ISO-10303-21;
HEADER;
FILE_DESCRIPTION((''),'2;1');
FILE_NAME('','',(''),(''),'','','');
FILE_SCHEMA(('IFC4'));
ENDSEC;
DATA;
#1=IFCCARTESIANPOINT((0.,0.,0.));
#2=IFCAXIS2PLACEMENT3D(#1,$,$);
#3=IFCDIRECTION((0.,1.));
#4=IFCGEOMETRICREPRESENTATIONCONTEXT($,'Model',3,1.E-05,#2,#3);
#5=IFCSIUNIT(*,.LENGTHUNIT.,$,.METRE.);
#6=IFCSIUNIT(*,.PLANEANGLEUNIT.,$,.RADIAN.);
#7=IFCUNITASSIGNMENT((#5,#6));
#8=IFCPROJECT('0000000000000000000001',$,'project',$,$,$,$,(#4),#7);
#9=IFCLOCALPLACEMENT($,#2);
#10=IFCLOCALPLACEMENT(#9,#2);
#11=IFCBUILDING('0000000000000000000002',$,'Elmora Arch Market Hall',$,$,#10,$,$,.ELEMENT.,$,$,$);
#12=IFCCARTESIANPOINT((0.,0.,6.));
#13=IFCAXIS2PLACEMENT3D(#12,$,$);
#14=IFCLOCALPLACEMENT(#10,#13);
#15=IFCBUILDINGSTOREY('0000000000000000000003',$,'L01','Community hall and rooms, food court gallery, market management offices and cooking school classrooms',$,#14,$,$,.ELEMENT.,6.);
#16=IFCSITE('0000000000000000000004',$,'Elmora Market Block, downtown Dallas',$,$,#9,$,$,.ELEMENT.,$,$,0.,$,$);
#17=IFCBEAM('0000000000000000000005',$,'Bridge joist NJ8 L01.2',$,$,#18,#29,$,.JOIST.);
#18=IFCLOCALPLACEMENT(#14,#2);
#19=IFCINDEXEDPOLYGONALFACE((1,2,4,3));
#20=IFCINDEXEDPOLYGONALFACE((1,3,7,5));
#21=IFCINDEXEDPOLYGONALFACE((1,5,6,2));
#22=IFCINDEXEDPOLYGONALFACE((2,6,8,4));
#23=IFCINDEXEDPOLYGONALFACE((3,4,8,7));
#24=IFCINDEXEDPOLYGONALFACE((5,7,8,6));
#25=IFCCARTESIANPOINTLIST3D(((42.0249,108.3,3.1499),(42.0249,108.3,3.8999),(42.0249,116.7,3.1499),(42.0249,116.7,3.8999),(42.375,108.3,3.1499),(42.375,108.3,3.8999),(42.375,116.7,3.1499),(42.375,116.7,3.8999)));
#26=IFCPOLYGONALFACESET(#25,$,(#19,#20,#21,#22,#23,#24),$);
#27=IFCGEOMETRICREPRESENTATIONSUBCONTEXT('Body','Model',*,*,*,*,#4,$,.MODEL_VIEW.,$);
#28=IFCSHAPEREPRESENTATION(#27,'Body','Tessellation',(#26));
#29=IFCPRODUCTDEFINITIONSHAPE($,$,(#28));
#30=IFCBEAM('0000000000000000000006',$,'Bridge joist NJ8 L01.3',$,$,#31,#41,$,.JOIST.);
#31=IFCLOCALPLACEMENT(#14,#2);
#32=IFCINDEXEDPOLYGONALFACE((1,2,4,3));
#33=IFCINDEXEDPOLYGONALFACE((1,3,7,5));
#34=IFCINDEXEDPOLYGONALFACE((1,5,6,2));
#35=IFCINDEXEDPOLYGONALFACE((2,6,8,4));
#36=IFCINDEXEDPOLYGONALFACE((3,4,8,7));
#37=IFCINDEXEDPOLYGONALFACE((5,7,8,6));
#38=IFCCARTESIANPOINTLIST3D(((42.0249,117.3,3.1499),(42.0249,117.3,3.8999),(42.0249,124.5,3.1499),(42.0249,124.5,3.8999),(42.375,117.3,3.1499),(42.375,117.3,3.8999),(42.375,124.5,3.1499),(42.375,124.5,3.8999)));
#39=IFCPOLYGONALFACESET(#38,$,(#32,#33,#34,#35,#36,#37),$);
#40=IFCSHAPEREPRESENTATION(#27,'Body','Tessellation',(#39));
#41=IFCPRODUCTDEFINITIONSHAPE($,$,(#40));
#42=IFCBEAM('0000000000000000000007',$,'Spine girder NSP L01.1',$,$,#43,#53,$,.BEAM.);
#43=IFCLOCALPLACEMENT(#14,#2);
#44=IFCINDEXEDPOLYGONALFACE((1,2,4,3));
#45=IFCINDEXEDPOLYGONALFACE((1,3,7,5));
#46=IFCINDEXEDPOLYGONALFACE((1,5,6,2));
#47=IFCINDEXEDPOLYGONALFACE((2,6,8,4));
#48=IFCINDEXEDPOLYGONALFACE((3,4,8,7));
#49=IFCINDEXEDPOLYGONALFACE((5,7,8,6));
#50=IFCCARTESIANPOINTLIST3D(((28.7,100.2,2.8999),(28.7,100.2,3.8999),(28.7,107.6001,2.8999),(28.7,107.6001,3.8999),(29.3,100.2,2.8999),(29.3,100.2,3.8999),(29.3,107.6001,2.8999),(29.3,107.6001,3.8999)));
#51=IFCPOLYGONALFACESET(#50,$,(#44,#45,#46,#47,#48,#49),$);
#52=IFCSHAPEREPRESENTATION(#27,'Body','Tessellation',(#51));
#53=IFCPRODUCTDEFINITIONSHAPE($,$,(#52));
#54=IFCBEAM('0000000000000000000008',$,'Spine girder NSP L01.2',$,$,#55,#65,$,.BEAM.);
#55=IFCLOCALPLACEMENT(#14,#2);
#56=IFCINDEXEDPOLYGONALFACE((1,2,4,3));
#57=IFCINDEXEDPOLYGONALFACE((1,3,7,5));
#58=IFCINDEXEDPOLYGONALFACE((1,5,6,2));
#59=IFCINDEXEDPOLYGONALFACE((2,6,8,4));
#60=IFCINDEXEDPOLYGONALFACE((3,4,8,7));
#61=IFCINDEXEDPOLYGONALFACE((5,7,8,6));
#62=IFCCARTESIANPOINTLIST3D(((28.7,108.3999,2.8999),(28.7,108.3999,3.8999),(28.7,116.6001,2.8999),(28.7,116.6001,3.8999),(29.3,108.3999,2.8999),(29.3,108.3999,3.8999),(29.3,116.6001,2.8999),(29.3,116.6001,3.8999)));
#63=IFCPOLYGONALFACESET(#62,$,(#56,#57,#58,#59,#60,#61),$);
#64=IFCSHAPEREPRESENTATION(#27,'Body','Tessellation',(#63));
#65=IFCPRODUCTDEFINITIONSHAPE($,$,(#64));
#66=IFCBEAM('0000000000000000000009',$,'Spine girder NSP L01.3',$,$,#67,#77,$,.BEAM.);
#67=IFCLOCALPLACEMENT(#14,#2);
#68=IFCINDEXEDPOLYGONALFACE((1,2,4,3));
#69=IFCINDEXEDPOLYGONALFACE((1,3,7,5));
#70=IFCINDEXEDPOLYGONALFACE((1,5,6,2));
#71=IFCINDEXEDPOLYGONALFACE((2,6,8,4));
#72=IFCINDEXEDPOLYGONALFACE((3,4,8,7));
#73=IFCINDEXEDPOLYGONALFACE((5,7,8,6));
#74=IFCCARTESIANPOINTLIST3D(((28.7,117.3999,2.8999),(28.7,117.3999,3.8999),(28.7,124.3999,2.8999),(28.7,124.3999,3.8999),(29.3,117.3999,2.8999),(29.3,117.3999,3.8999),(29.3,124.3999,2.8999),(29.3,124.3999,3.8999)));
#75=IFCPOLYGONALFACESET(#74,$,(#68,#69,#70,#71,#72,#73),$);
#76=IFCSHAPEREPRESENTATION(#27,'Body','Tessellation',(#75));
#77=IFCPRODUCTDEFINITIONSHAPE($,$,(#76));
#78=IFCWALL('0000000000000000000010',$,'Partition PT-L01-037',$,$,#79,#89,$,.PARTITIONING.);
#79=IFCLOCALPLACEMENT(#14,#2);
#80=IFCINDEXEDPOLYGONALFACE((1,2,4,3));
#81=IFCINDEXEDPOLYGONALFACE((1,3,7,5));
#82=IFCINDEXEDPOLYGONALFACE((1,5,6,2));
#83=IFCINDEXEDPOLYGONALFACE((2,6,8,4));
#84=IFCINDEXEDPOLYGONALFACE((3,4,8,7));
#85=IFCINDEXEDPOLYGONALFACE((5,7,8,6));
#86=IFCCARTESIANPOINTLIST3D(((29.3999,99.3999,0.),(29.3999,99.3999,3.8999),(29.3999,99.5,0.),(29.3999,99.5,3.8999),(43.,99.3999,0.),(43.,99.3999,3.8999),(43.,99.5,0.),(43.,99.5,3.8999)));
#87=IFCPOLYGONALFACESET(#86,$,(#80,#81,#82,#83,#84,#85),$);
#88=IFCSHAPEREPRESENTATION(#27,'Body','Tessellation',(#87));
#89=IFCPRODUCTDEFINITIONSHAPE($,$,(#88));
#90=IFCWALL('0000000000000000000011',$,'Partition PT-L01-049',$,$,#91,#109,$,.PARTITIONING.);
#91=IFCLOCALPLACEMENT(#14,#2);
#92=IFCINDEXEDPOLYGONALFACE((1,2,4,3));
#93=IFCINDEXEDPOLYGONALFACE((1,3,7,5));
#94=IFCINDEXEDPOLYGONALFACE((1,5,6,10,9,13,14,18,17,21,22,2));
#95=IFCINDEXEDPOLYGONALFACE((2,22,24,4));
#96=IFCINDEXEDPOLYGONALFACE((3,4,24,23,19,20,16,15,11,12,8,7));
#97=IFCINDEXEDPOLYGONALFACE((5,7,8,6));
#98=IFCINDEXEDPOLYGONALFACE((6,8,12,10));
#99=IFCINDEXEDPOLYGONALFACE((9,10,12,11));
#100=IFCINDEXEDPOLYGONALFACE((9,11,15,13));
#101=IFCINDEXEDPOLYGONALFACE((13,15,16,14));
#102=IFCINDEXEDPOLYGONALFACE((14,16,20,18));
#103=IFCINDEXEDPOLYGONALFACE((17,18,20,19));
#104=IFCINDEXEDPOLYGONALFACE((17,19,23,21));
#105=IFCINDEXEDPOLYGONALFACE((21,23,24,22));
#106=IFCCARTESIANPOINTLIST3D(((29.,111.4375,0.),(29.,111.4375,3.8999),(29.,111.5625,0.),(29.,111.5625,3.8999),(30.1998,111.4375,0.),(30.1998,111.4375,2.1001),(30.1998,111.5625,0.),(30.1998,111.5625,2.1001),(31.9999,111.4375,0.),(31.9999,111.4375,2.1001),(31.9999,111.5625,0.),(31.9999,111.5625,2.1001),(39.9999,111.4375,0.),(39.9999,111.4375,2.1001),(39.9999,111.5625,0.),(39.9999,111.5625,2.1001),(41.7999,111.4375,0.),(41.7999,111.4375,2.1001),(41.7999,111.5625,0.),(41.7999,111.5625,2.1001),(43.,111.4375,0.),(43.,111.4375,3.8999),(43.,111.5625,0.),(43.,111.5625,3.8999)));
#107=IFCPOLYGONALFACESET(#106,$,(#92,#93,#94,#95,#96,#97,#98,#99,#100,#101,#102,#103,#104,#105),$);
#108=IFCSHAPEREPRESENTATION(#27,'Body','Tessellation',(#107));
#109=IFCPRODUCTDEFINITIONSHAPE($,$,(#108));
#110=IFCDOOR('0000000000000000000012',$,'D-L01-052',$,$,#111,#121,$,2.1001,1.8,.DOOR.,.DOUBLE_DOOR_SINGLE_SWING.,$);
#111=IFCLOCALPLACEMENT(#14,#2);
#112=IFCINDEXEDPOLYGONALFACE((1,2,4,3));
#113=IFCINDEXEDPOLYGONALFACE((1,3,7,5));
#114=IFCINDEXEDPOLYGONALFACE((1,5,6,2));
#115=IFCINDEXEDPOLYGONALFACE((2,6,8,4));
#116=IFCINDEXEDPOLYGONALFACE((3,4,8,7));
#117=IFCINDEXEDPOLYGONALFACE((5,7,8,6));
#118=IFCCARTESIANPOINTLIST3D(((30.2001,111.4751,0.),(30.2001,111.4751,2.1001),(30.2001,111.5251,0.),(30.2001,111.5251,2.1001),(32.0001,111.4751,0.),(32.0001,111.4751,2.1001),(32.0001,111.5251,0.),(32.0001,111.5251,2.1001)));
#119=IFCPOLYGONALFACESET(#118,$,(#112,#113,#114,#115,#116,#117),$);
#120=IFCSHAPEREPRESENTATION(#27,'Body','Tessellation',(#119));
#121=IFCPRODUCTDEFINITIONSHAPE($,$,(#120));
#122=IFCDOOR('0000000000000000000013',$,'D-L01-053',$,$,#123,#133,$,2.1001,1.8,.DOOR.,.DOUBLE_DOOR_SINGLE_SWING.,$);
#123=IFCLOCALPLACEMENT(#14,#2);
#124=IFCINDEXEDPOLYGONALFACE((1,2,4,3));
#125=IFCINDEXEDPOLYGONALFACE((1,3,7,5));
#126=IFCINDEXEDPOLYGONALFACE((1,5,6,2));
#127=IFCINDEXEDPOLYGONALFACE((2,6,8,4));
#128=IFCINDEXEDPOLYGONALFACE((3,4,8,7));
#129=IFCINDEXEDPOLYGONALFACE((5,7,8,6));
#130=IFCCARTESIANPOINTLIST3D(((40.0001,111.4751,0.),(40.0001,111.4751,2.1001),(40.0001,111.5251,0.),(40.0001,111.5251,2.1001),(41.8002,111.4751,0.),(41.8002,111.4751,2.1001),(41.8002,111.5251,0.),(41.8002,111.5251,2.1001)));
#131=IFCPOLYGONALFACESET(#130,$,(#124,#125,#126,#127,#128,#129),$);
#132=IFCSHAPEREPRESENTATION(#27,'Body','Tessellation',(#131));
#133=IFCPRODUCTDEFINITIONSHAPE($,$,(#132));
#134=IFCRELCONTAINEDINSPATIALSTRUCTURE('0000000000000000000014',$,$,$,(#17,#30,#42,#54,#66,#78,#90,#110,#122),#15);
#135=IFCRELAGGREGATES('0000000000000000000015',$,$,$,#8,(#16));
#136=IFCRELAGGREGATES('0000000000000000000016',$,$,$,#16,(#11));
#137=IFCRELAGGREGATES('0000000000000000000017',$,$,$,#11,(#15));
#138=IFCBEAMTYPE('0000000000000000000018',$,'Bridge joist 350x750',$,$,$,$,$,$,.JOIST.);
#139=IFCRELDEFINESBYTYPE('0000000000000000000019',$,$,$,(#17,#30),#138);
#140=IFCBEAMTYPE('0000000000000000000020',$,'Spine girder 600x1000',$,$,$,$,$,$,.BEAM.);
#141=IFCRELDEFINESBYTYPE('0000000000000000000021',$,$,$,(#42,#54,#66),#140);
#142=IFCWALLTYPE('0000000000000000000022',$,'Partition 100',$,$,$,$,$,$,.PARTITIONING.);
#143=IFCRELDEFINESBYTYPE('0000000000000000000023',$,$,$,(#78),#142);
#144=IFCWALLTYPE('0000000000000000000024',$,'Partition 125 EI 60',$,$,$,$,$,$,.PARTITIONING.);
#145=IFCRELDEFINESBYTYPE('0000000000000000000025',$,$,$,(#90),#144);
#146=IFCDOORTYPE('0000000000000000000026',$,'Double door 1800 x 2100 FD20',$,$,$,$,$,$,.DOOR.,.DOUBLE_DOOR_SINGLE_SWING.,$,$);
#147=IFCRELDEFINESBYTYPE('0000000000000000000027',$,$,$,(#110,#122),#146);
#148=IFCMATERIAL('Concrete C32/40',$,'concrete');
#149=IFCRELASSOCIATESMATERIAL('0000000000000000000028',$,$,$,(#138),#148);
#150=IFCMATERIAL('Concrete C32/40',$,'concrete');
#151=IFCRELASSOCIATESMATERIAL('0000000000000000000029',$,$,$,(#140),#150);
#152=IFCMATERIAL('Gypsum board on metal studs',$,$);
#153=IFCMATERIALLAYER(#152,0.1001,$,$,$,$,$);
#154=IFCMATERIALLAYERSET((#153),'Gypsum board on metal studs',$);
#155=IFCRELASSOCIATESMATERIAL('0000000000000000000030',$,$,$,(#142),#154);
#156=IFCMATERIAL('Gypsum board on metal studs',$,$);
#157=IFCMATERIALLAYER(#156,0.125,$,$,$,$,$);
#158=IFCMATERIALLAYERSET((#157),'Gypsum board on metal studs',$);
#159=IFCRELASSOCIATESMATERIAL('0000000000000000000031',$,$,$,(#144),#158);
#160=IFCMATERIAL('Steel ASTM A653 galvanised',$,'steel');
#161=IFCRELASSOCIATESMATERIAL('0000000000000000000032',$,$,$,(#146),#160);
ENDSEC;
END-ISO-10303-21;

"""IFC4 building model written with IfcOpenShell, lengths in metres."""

from ifc_helpers import new_model, si_unit, direction, frame, frame_2d, origin, origin_2d, place, context, subcontext, project, spatial, rectangle, extrude, material, layer, layer_set, material_profile, profile_set, type_object, element, fill, save


model = new_model("IFC4")

# Units and contexts
model_context = context("Model", 3, precision=1e-05, world=origin(), true_north=direction((0.0, 1.0)))
body_context = subcontext(model_context, "Body", "Model", "MODEL_VIEW")
ifc_project = project(units=[si_unit("LENGTHUNIT", "METRE"), si_unit("PLANEANGLEUNIT", "RADIAN")], contexts=[model_context])

# Site, building, storey
site_placement = place(None, origin())
site = spatial("IfcSite", under=ifc_project, at=site_placement, Name="Elmora Market Block, downtown Dallas", CompositionType="ELEMENT", RefElevation=0.0)
building_placement = place(site_placement, origin())
building = spatial("IfcBuilding", under=site, at=building_placement, Name="Elmora Arch Market Hall", CompositionType="ELEMENT")
storey_placement = place(building_placement, frame((0.0, 0.0, 6.0)))
storey = spatial("IfcBuildingStorey", under=building, at=storey_placement, Name="L01", Description="Community hall and rooms, food court gallery, market management offices and cooking school classrooms", CompositionType="ELEMENT", Elevation=6.0)

# Beams
ifc_material_1 = material(Name="Concrete C32/40", Category="concrete")
ifc_material_profile_1 = material_profile(ifc_material_1, rectangle(XDim=0.3501, YDim=0.75, at=origin_2d()), Name="Bridge joist 350x750")
ifc_profile_set_1 = profile_set([ifc_material_profile_1], Name="Concrete C32/40")
beam_type_1 = type_object("IfcBeamType", Name="Bridge joist 350x750", PredefinedType="JOIST", material=ifc_profile_set_1)
beam_1_placement = place(storey_placement, frame((42.2, 108.3, 3.5249), z_axis=(0.0, 1.0, 0.0), x_axis=(-1.0, 0.0, 0.0)))
element("IfcBeam", 1, at=beam_1_placement, inside=storey, type_object=beam_type_1, Name="Bridge joist NJ8 L01.2", PredefinedType="JOIST", context=body_context, shape_type="SweptSolid", body=[
    extrude(rectangle(XDim=0.3501, YDim=0.75, at=origin_2d()), origin(), (0.0, 0.0, 1.0), 8.3999),
])
beam_2_placement = place(storey_placement, frame((42.2, 117.3, 3.5249), z_axis=(0.0, 1.0, 0.0), x_axis=(-1.0, 0.0, 0.0)))
element("IfcBeam", 2, at=beam_2_placement, inside=storey, type_object=beam_type_1, Name="Bridge joist NJ8 L01.3", PredefinedType="JOIST", context=body_context, shape_type="SweptSolid", body=[
    extrude(rectangle(XDim=0.3501, YDim=0.75, at=origin_2d()), origin(), (0.0, 0.0, 1.0), 7.2),
])
ifc_material_2 = material(Name="Concrete C32/40", Category="concrete")
ifc_material_profile_2 = material_profile(ifc_material_2, rectangle(XDim=0.6001, YDim=1.0, at=origin_2d()), Name="Spine girder 600x1000")
ifc_profile_set_2 = profile_set([ifc_material_profile_2], Name="Concrete C32/40")
beam_type_2 = type_object("IfcBeamType", Name="Spine girder 600x1000", PredefinedType="BEAM", material=ifc_profile_set_2)
beam_3_placement = place(storey_placement, frame((29.0, 100.2, 3.3999), z_axis=(0.0, 1.0, 0.0), x_axis=(-1.0, 0.0, 0.0)))
element("IfcBeam", 3, at=beam_3_placement, inside=storey, type_object=beam_type_2, Name="Spine girder NSP L01.1", PredefinedType="BEAM", context=body_context, shape_type="SweptSolid", body=[
    extrude(rectangle(XDim=0.6001, YDim=1.0, at=origin_2d()), origin(), (0.0, 0.0, 1.0), 7.4001),
])
beam_4_placement = place(storey_placement, frame((29.0, 108.3999, 3.3999), z_axis=(0.0, 1.0, 0.0), x_axis=(-1.0, 0.0, 0.0)))
element("IfcBeam", 4, at=beam_4_placement, inside=storey, type_object=beam_type_2, Name="Spine girder NSP L01.2", PredefinedType="BEAM", context=body_context, shape_type="SweptSolid", body=[
    extrude(rectangle(XDim=0.6001, YDim=1.0, at=origin_2d()), origin(), (0.0, 0.0, 1.0), 8.2002),
])
beam_5_placement = place(storey_placement, frame((29.0, 117.3999, 3.3999), z_axis=(0.0, 1.0, 0.0), x_axis=(-1.0, 0.0, 0.0)))
element("IfcBeam", 5, at=beam_5_placement, inside=storey, type_object=beam_type_2, Name="Spine girder NSP L01.3", PredefinedType="BEAM", context=body_context, shape_type="SweptSolid", body=[
    extrude(rectangle(XDim=0.6001, YDim=1.0, at=origin_2d()), origin(), (0.0, 0.0, 1.0), 7.0),
])

# Wall
ifc_material_3 = material(Name="Gypsum board on metal studs")
ifc_layer_1 = layer(ifc_material_3, 0.1001)
ifc_layer_set_1 = layer_set([ifc_layer_1], Name="Gypsum board on metal studs")
wall_type_1 = type_object("IfcWallType", Name="Partition 100", PredefinedType="PARTITIONING", material=ifc_layer_set_1)
wall_1_placement = place(storey_placement, frame((29.3999, 99.45, 0.0), z_axis=(0.0, 0.0, 1.0), x_axis=(1.0, 0.0, 0.0)))
element("IfcWall", 6, at=wall_1_placement, inside=storey, type_object=wall_type_1, Name="Partition PT-L01-037", PredefinedType="PARTITIONING", context=body_context, shape_type="SweptSolid", body=[
    extrude(rectangle(XDim=13.6001, YDim=0.1001, at=frame_2d((6.8, 0.0))), origin(), (0.0, 0.0, 1.0), 3.8999),
])

# Wall, openings, doors
ifc_material_4 = material(Name="Gypsum board on metal studs")
ifc_layer_2 = layer(ifc_material_4, 0.125)
ifc_layer_set_2 = layer_set([ifc_layer_2], Name="Gypsum board on metal studs")
wall_type_2 = type_object("IfcWallType", Name="Partition 125 EI 60", PredefinedType="PARTITIONING", material=ifc_layer_set_2)
wall_2_placement = place(storey_placement, frame((29.0, 111.5, 0.0), z_axis=(0.0, 0.0, 1.0), x_axis=(1.0, 0.0, 0.0)))
wall_2 = element("IfcWall", 7, at=wall_2_placement, inside=storey, type_object=wall_type_2, Name="Partition PT-L01-049", PredefinedType="PARTITIONING", context=body_context, shape_type="SweptSolid", body=[
    extrude(rectangle(XDim=14.0, YDim=0.125, at=frame_2d((7.0, 0.0))), origin(), (0.0, 0.0, 1.0), 3.8999),
])
opening_1_placement = place(wall_2_placement, frame((1.2, 0.0, 0.0)))
opening_1 = element("IfcOpeningElement", 8, at=opening_1_placement, cuts=wall_2, PredefinedType="OPENING", context=body_context, shape_type="SweptSolid", body=[
    extrude(rectangle(XDim=1.8, YDim=2.1001, at=frame_2d((0.8999, 1.05))), frame((0.0, 0.0725, 0.0), z_axis=(0.0, -1.0, 0.0), x_axis=(1.0, 0.0, 0.0)), (0.0, 0.0, 1.0), 0.145),
])
opening_2_placement = place(wall_2_placement, frame((11.0, 0.0, 0.0)))
opening_2 = element("IfcOpeningElement", 9, at=opening_2_placement, cuts=wall_2, PredefinedType="OPENING", context=body_context, shape_type="SweptSolid", body=[
    extrude(rectangle(XDim=1.8, YDim=2.1001, at=frame_2d((0.8999, 1.05))), frame((0.0, 0.0725, 0.0), z_axis=(0.0, -1.0, 0.0), x_axis=(1.0, 0.0, 0.0)), (0.0, 0.0, 1.0), 0.145),
])
ifc_material_5 = material(Name="Steel ASTM A653 galvanised", Category="steel")
door_type_1 = type_object("IfcDoorType", Name="Double door 1800 x 2100 FD20", OperationType="DOUBLE_DOOR_SINGLE_SWING", PredefinedType="DOOR", material=ifc_material_5)
door_1_placement = place(opening_1_placement, frame((1.8, 0.0, 0.0), z_axis=(0.0, 0.0, 1.0), x_axis=(-1.0, 0.0, 0.0)))
door_1 = element("IfcDoor", 10, at=door_1_placement, inside=storey, type_object=door_type_1, Name="D-L01-052", OperationType="DOUBLE_DOOR_SINGLE_SWING", OverallHeight=2.1001, OverallWidth=1.8, PredefinedType="DOOR", context=body_context, shape_type="SweptSolid", body=[
    extrude(rectangle(XDim=1.8, YDim=2.1001, at=frame_2d((0.8999, 1.05))), frame((0.0, 0.0249, 0.0), z_axis=(0.0, -1.0, 0.0), x_axis=(1.0, 0.0, 0.0)), (0.0, 0.0, 1.0), 0.05),
])
fill(opening_1, door_1)
door_2_placement = place(opening_2_placement, frame((1.8, 0.0, 0.0), z_axis=(0.0, 0.0, 1.0), x_axis=(-1.0, 0.0, 0.0)))
door_2 = element("IfcDoor", 11, at=door_2_placement, inside=storey, type_object=door_type_1, Name="D-L01-053", OperationType="DOUBLE_DOOR_SINGLE_SWING", OverallHeight=2.1001, OverallWidth=1.8, PredefinedType="DOOR", context=body_context, shape_type="SweptSolid", body=[
    extrude(rectangle(XDim=1.8, YDim=2.1001, at=frame_2d((0.8999, 1.05))), frame((0.0, 0.0249, 0.0), z_axis=(0.0, -1.0, 0.0), x_axis=(1.0, 0.0, 0.0)), (0.0, 0.0, 1.0), 0.05),
])
fill(opening_2, door_2)

save(model, "model.ifc")
